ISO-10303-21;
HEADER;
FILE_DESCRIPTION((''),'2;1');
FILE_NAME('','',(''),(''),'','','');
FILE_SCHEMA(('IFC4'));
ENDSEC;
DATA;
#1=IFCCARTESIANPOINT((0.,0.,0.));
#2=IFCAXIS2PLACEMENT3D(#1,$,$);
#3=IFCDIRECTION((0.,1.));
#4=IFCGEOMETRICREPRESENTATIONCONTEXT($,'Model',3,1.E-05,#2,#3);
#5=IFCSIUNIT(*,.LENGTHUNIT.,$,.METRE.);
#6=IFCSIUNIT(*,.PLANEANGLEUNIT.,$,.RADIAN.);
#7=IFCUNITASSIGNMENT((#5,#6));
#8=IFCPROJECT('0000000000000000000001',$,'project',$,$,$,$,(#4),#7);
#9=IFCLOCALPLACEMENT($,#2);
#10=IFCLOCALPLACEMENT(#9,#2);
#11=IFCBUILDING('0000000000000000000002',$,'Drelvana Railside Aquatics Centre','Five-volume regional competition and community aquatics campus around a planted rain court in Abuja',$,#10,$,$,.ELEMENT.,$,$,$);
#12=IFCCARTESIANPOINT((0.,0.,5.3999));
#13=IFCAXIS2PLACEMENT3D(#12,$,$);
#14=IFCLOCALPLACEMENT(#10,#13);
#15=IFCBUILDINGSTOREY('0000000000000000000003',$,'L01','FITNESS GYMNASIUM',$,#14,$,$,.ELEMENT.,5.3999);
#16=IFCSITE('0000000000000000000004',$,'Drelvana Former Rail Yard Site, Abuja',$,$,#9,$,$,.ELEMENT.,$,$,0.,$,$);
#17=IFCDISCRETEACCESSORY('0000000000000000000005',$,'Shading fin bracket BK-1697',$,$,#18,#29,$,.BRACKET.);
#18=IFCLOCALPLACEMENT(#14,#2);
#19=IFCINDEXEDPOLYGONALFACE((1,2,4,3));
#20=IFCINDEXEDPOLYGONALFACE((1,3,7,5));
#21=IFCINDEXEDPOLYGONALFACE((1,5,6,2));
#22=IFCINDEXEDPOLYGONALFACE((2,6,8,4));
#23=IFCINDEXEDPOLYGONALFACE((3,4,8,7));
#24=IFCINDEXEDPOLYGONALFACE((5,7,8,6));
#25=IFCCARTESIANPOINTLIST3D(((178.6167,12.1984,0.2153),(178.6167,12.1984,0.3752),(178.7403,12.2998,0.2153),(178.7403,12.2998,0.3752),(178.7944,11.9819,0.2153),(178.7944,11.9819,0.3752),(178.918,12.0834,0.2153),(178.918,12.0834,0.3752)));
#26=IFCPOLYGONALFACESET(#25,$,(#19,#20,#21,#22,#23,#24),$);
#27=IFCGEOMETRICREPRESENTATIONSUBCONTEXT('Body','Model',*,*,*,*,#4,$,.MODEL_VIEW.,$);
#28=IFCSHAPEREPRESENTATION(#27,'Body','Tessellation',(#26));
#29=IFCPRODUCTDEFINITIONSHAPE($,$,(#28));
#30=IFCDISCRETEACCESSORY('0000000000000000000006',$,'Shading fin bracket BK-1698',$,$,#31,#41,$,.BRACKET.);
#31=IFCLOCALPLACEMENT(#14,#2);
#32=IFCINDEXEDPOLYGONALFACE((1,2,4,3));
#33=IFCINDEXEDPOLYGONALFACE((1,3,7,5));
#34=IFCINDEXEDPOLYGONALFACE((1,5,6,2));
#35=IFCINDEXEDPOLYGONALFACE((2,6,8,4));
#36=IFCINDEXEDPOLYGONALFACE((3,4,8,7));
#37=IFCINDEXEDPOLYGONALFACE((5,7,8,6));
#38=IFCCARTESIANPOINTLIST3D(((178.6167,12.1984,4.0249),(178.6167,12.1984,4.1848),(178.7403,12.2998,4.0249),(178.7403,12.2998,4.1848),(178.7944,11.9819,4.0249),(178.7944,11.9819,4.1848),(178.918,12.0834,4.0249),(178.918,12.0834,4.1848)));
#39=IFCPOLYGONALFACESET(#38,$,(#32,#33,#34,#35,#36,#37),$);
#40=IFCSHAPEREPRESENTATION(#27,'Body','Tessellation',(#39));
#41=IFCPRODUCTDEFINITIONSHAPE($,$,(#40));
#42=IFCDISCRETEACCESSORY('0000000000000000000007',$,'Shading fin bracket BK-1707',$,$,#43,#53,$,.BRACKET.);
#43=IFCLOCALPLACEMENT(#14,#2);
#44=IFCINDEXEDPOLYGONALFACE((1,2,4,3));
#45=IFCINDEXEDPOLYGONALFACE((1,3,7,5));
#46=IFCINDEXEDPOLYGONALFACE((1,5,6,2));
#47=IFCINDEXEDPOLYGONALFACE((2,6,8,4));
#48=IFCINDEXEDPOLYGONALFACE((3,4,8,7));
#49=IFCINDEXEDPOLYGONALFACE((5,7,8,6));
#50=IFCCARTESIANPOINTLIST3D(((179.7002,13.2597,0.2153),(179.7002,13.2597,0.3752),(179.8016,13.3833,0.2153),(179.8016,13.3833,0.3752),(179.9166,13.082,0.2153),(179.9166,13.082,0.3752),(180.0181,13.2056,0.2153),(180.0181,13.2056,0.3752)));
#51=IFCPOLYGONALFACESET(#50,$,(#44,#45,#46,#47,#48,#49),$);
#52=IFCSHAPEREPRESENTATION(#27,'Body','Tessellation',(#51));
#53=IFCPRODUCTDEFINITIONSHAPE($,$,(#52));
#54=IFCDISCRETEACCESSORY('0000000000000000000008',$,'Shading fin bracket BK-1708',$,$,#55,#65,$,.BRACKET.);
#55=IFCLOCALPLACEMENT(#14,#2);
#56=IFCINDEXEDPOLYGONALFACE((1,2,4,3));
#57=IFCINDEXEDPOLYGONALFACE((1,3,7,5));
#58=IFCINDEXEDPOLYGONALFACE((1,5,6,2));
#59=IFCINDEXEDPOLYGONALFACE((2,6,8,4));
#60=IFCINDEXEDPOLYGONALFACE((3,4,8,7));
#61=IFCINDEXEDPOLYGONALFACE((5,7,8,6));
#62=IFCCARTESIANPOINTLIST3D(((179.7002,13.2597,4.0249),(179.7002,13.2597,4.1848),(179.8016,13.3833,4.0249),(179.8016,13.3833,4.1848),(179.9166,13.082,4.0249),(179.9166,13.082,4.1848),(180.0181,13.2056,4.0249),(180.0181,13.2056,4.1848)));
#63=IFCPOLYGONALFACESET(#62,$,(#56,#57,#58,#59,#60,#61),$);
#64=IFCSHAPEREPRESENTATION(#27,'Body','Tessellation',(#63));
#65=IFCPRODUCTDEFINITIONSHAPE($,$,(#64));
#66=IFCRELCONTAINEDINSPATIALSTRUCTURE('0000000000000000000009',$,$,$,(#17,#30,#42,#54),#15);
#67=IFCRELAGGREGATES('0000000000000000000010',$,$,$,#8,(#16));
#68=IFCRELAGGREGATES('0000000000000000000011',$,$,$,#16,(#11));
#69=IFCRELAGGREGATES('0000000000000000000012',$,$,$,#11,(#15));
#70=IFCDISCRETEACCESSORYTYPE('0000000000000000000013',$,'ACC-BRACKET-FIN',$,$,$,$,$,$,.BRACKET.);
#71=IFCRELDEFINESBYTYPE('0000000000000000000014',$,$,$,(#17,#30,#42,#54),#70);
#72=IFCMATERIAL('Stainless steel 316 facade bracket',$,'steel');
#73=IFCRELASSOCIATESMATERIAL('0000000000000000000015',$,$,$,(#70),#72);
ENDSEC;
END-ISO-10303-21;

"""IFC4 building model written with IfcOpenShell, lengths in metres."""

from ifc_helpers import new_model, si_unit, direction, frame, origin, origin_2d, place, context, subcontext, project, spatial, rectangle, extrude, material, type_object, element, save


model = new_model("IFC4")

# Units and contexts
model_context = context("Model", 3, precision=1e-05, world=origin(), true_north=direction((0.0, 1.0)))
body_context = subcontext(model_context, "Body", "Model", "MODEL_VIEW")
ifc_project = project(units=[si_unit("LENGTHUNIT", "METRE"), si_unit("PLANEANGLEUNIT", "RADIAN")], contexts=[model_context])

# Site, building, storey
site_placement = place(None, origin())
site = spatial("IfcSite", under=ifc_project, at=site_placement, Name="Drelvana Former Rail Yard Site, Abuja", CompositionType="ELEMENT", RefElevation=0.0)
building_placement = place(site_placement, origin())
building = spatial("IfcBuilding", under=site, at=building_placement, Name="Drelvana Railside Aquatics Centre", Description="Five-volume regional competition and community aquatics campus around a planted rain court in Abuja", CompositionType="ELEMENT")
storey_placement = place(building_placement, frame((0.0, 0.0, 5.3999)))
storey = spatial("IfcBuildingStorey", under=building, at=storey_placement, Name="L01", Description="FITNESS GYMNASIUM", CompositionType="ELEMENT", Elevation=5.3999)

# Discrete accessories
ifc_material_1 = material(Name="Stainless steel 316 facade bracket", Category="steel")
discrete_accessory_type = type_object("IfcDiscreteAccessoryType", Name="ACC-BRACKET-FIN", PredefinedType="BRACKET", material=ifc_material_1)
for number, where, z_axis, x_axis, name in (
    (1, (178.7673, 12.1409, 0.2153), (0.0, 0.0, 1.0), (0.634393, -0.77301, 0.0), "Shading fin bracket BK-1697"),
    (2, (178.7673, 12.1409, 4.0249), (0.0, 0.0, 1.0), (0.634393, -0.77301, 0.0), "Shading fin bracket BK-1698"),
    (3, (179.8591, 13.2327, 0.2153), (0.0, 0.0, 1.0), (0.77301, -0.634393, 0.0), "Shading fin bracket BK-1707"),
    (4, (179.8591, 13.2327, 4.0249), (0.0, 0.0, 1.0), (0.77301, -0.634393, 0.0), "Shading fin bracket BK-1708"),
):
    element("IfcDiscreteAccessory", number, at=place(storey_placement, frame(where, z_axis=z_axis, x_axis=x_axis)), inside=storey, type_object=discrete_accessory_type, Name=name, PredefinedType="BRACKET", context=body_context, shape_type="SweptSolid", body=[
        extrude(rectangle(XDim=0.28, YDim=0.1599, at=origin_2d()), origin(), (0.0, 0.0, 1.0), 0.1599),
    ])

save(model, "model.ifc")
